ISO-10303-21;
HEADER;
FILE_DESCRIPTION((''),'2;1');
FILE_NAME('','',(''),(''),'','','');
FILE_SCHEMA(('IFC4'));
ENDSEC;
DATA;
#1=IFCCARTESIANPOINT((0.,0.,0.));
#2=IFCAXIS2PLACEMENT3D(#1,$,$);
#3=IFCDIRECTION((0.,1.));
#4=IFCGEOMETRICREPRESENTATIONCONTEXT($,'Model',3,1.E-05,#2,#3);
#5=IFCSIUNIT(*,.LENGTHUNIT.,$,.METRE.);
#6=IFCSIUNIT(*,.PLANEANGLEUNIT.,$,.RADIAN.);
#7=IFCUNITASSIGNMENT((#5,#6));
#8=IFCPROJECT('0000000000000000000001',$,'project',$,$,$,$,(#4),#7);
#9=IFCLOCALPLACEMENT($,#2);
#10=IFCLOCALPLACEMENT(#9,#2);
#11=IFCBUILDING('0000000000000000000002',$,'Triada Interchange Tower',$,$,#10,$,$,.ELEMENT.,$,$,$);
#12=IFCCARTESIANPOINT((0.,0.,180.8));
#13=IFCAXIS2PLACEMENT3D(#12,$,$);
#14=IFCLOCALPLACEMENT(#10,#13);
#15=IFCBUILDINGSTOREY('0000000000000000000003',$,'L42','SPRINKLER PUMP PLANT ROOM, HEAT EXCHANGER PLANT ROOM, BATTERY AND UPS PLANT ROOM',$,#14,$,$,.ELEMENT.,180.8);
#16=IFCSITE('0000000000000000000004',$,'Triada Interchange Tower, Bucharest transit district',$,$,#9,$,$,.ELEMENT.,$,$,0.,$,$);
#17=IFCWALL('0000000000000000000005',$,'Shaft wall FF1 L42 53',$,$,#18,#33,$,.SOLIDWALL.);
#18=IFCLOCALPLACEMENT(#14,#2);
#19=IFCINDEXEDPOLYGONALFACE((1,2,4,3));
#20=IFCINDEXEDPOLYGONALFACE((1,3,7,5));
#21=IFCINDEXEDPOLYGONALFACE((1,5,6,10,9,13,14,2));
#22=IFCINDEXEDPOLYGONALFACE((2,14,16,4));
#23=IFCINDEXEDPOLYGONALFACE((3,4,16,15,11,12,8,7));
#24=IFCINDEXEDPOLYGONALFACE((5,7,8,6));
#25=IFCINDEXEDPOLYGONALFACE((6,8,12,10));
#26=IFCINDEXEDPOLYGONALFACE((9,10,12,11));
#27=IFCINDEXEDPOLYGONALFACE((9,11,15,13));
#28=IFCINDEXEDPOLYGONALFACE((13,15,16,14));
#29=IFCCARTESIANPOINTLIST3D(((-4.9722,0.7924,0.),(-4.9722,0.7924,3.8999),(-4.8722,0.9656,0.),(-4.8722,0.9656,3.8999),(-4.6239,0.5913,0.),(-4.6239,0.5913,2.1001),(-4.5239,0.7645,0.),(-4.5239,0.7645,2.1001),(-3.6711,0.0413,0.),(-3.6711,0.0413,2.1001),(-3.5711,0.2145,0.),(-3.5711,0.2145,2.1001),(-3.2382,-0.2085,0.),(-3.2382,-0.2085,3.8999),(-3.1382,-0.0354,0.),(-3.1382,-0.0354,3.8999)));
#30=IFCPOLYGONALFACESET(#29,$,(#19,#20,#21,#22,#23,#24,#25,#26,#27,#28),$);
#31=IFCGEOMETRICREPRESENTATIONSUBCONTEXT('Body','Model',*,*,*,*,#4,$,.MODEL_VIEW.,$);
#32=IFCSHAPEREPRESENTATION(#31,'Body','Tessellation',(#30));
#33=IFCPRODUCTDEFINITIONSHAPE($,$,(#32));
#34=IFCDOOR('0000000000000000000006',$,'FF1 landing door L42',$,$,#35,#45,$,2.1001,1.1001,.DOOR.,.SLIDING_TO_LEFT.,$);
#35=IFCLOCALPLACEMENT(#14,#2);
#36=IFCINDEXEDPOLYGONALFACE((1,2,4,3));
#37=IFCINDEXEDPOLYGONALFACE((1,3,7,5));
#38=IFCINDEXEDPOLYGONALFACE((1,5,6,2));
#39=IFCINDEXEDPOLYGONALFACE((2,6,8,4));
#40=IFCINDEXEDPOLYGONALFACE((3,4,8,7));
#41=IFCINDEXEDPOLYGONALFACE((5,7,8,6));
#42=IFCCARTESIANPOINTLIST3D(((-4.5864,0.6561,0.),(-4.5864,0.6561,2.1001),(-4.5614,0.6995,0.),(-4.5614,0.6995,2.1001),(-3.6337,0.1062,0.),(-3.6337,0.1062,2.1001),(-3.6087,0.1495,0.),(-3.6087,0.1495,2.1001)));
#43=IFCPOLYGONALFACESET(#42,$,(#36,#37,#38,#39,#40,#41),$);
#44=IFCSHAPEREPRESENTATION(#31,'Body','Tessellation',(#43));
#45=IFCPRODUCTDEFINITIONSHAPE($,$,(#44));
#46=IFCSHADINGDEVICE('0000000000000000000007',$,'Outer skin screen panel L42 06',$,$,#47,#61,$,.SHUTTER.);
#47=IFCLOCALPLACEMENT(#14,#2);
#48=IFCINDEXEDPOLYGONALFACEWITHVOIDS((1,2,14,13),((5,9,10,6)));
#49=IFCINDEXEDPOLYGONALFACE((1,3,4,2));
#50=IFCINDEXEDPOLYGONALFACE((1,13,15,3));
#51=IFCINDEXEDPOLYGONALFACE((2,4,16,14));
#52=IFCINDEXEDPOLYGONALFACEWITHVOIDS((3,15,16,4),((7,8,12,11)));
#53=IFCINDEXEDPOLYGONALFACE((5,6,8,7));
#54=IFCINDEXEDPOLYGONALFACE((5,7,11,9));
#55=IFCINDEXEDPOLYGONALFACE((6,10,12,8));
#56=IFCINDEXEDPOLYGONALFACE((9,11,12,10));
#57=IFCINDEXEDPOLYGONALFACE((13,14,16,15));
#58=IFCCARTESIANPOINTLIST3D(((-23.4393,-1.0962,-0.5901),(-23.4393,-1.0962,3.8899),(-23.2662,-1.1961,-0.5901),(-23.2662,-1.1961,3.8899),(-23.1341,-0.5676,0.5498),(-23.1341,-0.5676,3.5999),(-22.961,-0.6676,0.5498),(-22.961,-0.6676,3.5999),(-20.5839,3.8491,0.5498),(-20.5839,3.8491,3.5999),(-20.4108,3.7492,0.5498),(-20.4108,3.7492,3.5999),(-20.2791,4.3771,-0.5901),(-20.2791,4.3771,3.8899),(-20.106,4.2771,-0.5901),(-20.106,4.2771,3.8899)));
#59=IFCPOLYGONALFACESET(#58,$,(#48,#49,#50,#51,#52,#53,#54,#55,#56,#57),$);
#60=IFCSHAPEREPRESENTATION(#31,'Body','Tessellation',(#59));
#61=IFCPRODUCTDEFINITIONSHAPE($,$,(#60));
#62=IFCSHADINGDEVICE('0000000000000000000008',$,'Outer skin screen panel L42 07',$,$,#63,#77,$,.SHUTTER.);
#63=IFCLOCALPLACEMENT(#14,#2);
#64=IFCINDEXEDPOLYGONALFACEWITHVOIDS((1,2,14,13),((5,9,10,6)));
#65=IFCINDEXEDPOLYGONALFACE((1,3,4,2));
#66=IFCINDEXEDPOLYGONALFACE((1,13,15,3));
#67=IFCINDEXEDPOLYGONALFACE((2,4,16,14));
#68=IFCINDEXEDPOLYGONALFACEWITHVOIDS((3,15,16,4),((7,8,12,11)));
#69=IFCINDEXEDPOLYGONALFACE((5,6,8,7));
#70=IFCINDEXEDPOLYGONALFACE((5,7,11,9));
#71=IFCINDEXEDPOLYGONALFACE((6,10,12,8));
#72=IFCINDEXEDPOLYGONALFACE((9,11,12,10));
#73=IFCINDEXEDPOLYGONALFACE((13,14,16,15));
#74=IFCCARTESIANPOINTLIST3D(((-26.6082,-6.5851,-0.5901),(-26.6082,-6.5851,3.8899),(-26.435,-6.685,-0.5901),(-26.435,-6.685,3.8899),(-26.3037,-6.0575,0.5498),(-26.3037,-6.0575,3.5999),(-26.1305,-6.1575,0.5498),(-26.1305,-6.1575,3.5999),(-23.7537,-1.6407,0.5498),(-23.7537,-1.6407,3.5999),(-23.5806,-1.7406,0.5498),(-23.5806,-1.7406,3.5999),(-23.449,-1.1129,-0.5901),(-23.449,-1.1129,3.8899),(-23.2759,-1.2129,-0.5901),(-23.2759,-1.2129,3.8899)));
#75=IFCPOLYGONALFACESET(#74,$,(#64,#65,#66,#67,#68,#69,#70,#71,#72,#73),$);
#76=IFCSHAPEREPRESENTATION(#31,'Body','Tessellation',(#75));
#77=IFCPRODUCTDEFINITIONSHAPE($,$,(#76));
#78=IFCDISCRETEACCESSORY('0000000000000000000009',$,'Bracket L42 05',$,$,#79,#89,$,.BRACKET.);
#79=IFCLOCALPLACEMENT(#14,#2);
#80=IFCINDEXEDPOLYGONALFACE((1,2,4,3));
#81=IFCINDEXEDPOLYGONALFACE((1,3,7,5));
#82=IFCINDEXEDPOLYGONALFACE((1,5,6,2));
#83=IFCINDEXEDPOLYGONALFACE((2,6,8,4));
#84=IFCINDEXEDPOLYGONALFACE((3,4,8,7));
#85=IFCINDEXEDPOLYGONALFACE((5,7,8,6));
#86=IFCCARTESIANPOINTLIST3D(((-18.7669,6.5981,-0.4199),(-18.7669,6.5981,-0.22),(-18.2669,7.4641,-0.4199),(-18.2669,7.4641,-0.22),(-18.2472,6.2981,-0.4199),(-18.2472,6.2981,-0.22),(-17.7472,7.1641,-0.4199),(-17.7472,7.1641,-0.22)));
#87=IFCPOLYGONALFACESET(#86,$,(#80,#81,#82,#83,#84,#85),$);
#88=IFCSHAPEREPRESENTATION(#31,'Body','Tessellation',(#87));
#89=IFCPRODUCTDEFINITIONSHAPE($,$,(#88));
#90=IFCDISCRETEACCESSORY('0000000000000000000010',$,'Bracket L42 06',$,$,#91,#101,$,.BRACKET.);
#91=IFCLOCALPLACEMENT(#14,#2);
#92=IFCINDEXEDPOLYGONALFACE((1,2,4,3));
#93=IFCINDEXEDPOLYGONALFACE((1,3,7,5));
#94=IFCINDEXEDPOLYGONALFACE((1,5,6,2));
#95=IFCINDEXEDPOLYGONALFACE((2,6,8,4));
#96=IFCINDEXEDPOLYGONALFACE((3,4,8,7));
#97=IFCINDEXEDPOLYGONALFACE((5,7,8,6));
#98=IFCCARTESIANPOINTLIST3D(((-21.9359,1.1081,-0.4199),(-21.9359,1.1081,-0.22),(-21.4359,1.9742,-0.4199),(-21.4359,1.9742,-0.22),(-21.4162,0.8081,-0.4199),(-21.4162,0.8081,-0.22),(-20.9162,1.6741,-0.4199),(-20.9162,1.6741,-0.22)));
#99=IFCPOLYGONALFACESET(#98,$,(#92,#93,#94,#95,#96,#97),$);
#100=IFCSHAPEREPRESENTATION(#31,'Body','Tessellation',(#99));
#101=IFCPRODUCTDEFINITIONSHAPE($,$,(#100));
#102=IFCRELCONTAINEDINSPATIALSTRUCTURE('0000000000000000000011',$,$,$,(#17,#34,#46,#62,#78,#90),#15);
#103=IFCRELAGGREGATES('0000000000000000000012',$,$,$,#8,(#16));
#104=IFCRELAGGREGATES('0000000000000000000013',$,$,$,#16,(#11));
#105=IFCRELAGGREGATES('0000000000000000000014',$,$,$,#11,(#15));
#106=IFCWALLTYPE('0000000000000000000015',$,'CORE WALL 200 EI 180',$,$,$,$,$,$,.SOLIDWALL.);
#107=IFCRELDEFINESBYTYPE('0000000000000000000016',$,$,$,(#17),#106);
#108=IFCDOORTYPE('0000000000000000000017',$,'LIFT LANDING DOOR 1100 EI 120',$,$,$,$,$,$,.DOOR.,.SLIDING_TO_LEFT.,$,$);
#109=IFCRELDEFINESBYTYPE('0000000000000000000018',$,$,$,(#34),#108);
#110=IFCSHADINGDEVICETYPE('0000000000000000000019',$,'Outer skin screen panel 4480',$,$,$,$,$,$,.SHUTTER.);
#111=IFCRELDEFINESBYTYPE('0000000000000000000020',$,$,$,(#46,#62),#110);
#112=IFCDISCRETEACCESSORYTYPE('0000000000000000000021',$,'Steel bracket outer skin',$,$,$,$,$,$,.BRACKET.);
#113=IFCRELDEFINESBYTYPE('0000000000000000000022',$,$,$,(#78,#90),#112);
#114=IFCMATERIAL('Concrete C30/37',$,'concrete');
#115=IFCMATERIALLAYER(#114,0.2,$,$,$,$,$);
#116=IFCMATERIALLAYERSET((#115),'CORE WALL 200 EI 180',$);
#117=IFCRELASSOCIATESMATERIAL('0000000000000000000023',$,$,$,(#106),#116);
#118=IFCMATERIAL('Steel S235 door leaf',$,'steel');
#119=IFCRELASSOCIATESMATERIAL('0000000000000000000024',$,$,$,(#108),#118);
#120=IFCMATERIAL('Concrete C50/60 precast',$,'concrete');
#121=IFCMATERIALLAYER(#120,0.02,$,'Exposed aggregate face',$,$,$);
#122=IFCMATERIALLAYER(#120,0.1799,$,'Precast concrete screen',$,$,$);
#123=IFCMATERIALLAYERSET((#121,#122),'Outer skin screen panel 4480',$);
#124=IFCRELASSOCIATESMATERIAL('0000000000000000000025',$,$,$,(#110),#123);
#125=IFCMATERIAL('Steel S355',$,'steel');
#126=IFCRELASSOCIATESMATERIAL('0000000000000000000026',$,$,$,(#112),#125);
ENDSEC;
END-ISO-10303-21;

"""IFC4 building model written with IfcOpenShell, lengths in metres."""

from ifc_helpers import new_model, si_unit, direction, frame, frame_2d, origin, origin_2d, place, context, subcontext, project, spatial, polyline, rectangle, outline, extrude, material, layer, layer_set, type_object, element, fill, save


model = new_model("IFC4")

# Units and contexts
model_context = context("Model", 3, precision=1e-05, world=origin(), true_north=direction((0.0, 1.0)))
body_context = subcontext(model_context, "Body", "Model", "MODEL_VIEW")
ifc_project = project(units=[si_unit("LENGTHUNIT", "METRE"), si_unit("PLANEANGLEUNIT", "RADIAN")], contexts=[model_context])

# Site, building, storey
site_placement = place(None, origin())
site = spatial("IfcSite", under=ifc_project, at=site_placement, Name="Triada Interchange Tower, Bucharest transit district", CompositionType="ELEMENT", RefElevation=0.0)
building_placement = place(site_placement, origin())
building = spatial("IfcBuilding", under=site, at=building_placement, Name="Triada Interchange Tower", CompositionType="ELEMENT")
storey_placement = place(building_placement, frame((0.0, 0.0, 180.8)))
storey = spatial("IfcBuildingStorey", under=building, at=storey_placement, Name="L42", Description="SPRINKLER PUMP PLANT ROOM, HEAT EXCHANGER PLANT ROOM, BATTERY AND UPS PLANT ROOM", CompositionType="ELEMENT", Elevation=180.8)

# Shared definitions
ifc_material_1 = material(Name="Steel S355", Category="steel")

# Shared definitions
ifc_material_2 = material(Name="Concrete C30/37", Category="concrete")

# Shared definitions
ifc_layer_1 = layer(ifc_material_2, 0.2)
ifc_layer_set_1 = layer_set([ifc_layer_1], Name="CORE WALL 200 EI 180")
wall_type_1 = type_object("IfcWallType", Name="CORE WALL 200 EI 180", PredefinedType="SOLIDWALL", material=ifc_layer_set_1)
ifc_material_3 = material(Name="Steel S235 door leaf", Category="steel")
door_type_1 = type_object("IfcDoorType", Name="LIFT LANDING DOOR 1100 EI 120", OperationType="SLIDING_TO_LEFT", PredefinedType="DOOR", material=ifc_material_3)

# Wall, opening, door
wall_1_placement = place(storey_placement, frame((-4.9221, 0.8789, 0.0), z_axis=(0.0, 0.0, 1.0), x_axis=(0.866074, -0.499916, 0.0)))
wall_1 = element("IfcWall", 1, at=wall_1_placement, inside=storey, type_object=wall_type_1, Name="Shaft wall FF1 L42 53", PredefinedType="SOLIDWALL", context=body_context, shape_type="SweptSolid", body=[
    extrude(rectangle(XDim=2.0022, YDim=0.2, at=frame_2d((1.001, 0.0))), origin(), (0.0, 0.0, 1.0), 3.8999),
])
opening_1_placement = place(wall_1_placement, frame((0.4021, 0.0, 0.0)))
opening_1 = element("IfcOpeningElement", 2, at=opening_1_placement, cuts=wall_1, PredefinedType="OPENING", context=body_context, shape_type="SweptSolid", body=[
    extrude(rectangle(XDim=1.1001, YDim=2.1001, at=frame_2d((0.55, 1.05))), frame((0.0, 0.1099, 0.0), z_axis=(0.0, -1.0, 0.0), x_axis=(1.0, 0.0, 0.0)), (0.0, 0.0, 1.0), 0.22),
])
door_1_placement = place(opening_1_placement, origin())
door_1 = element("IfcDoor", 3, at=door_1_placement, inside=storey, type_object=door_type_1, Name="FF1 landing door L42", OperationType="SLIDING_TO_LEFT", OverallHeight=2.1001, OverallWidth=1.1001, PredefinedType="DOOR", context=body_context, shape_type="SweptSolid", body=[
    extrude(rectangle(XDim=1.1001, YDim=2.1001, at=frame_2d((0.55, 1.05))), frame((0.0, 0.0249, 0.0), z_axis=(0.0, -1.0, 0.0), x_axis=(1.0, 0.0, 0.0)), (0.0, 0.0, 1.0), 0.05),
])
fill(opening_1, door_1)

# Shading devices
ifc_material_4 = material(Name="Concrete C50/60 precast", Category="concrete")
ifc_layer_2 = layer(ifc_material_4, 0.02, Name="Exposed aggregate face")
ifc_layer_3 = layer(ifc_material_4, 0.1799, Name="Precast concrete screen")
ifc_layer_set_2 = layer_set([ifc_layer_2, ifc_layer_3], Name="Outer skin screen panel 4480")
shading_device_type = type_object("IfcShadingDeviceType", Name="Outer skin screen panel 4480", PredefinedType="SHUTTER", material=ifc_layer_set_2)
shading_device_1_placement = place(storey_placement, frame((-20.106, 4.2771, -0.5901), z_axis=(0.0, 0.0, 1.0), x_axis=(-0.500028, -0.866009, 0.0)))
element("IfcShadingDevice", 4, at=shading_device_1_placement, inside=storey, type_object=shading_device_type, Name="Outer skin screen panel L42 06", PredefinedType="SHUTTER", context=body_context, shape_type="SweptSolid", body=[
    extrude(outline(polyline([(0.0, 0.0), (6.3201, 0.0), (6.3201, 4.48), (0.0, 4.48), (0.0, 0.0)]), holes=[polyline([(0.6096, 1.1399), (0.6096, 4.1899), (5.7097, 4.1899), (5.7097, 1.1399), (0.6096, 1.1399)])]), frame((0.0, 0.0, 0.0), z_axis=(0.0, -1.0, 0.0), x_axis=(1.0, 0.0, 0.0)), (0.0, 0.0, 1.0), 0.2),
])
shading_device_2_placement = place(storey_placement, frame((-23.2759, -1.2129, -0.5901), z_axis=(0.0, 0.0, 1.0), x_axis=(-0.499979, -0.866038, 0.0)))
element("IfcShadingDevice", 5, at=shading_device_2_placement, inside=storey, type_object=shading_device_type, Name="Outer skin screen panel L42 07", PredefinedType="SHUTTER", context=body_context, shape_type="SweptSolid", body=[
    extrude(outline(polyline([(0.0, 0.0), (6.3186, 0.0), (6.3186, 4.48), (0.0, 4.48), (0.0, 0.0)]), holes=[polyline([(0.6094, 1.1399), (0.6094, 4.1899), (5.7095, 4.1899), (5.7095, 1.1399), (0.6094, 1.1399)])]), frame((0.0, 0.0, 0.0), z_axis=(0.0, -1.0, 0.0), x_axis=(1.0, 0.0, 0.0)), (0.0, 0.0, 1.0), 0.2),
])

# Discrete accessories
discrete_accessory_type = type_object("IfcDiscreteAccessoryType", Name="Steel bracket outer skin", PredefinedType="BRACKET", material=ifc_material_1)
for number, where, z_axis, x_axis, name in (
    (6, (-18.2571, 6.8811, -0.4199), (0.0, 0.0, 1.0), (-0.866021, 0.500007, 0.0), "Bracket L42 05"),
    (7, (-21.426, 1.3911, -0.4199), (0.0, 0.0, 1.0), (-0.866021, 0.500007, 0.0), "Bracket L42 06"),
):
    element("IfcDiscreteAccessory", number, at=place(storey_placement, frame(where, z_axis=z_axis, x_axis=x_axis)), inside=storey, type_object=discrete_accessory_type, Name=name, PredefinedType="BRACKET", context=body_context, shape_type="SweptSolid", body=[
        extrude(rectangle(XDim=0.6001, YDim=1.0, at=origin_2d()), origin(), (0.0, 0.0, 1.0), 0.2),
    ])

save(model, "model.ifc")
